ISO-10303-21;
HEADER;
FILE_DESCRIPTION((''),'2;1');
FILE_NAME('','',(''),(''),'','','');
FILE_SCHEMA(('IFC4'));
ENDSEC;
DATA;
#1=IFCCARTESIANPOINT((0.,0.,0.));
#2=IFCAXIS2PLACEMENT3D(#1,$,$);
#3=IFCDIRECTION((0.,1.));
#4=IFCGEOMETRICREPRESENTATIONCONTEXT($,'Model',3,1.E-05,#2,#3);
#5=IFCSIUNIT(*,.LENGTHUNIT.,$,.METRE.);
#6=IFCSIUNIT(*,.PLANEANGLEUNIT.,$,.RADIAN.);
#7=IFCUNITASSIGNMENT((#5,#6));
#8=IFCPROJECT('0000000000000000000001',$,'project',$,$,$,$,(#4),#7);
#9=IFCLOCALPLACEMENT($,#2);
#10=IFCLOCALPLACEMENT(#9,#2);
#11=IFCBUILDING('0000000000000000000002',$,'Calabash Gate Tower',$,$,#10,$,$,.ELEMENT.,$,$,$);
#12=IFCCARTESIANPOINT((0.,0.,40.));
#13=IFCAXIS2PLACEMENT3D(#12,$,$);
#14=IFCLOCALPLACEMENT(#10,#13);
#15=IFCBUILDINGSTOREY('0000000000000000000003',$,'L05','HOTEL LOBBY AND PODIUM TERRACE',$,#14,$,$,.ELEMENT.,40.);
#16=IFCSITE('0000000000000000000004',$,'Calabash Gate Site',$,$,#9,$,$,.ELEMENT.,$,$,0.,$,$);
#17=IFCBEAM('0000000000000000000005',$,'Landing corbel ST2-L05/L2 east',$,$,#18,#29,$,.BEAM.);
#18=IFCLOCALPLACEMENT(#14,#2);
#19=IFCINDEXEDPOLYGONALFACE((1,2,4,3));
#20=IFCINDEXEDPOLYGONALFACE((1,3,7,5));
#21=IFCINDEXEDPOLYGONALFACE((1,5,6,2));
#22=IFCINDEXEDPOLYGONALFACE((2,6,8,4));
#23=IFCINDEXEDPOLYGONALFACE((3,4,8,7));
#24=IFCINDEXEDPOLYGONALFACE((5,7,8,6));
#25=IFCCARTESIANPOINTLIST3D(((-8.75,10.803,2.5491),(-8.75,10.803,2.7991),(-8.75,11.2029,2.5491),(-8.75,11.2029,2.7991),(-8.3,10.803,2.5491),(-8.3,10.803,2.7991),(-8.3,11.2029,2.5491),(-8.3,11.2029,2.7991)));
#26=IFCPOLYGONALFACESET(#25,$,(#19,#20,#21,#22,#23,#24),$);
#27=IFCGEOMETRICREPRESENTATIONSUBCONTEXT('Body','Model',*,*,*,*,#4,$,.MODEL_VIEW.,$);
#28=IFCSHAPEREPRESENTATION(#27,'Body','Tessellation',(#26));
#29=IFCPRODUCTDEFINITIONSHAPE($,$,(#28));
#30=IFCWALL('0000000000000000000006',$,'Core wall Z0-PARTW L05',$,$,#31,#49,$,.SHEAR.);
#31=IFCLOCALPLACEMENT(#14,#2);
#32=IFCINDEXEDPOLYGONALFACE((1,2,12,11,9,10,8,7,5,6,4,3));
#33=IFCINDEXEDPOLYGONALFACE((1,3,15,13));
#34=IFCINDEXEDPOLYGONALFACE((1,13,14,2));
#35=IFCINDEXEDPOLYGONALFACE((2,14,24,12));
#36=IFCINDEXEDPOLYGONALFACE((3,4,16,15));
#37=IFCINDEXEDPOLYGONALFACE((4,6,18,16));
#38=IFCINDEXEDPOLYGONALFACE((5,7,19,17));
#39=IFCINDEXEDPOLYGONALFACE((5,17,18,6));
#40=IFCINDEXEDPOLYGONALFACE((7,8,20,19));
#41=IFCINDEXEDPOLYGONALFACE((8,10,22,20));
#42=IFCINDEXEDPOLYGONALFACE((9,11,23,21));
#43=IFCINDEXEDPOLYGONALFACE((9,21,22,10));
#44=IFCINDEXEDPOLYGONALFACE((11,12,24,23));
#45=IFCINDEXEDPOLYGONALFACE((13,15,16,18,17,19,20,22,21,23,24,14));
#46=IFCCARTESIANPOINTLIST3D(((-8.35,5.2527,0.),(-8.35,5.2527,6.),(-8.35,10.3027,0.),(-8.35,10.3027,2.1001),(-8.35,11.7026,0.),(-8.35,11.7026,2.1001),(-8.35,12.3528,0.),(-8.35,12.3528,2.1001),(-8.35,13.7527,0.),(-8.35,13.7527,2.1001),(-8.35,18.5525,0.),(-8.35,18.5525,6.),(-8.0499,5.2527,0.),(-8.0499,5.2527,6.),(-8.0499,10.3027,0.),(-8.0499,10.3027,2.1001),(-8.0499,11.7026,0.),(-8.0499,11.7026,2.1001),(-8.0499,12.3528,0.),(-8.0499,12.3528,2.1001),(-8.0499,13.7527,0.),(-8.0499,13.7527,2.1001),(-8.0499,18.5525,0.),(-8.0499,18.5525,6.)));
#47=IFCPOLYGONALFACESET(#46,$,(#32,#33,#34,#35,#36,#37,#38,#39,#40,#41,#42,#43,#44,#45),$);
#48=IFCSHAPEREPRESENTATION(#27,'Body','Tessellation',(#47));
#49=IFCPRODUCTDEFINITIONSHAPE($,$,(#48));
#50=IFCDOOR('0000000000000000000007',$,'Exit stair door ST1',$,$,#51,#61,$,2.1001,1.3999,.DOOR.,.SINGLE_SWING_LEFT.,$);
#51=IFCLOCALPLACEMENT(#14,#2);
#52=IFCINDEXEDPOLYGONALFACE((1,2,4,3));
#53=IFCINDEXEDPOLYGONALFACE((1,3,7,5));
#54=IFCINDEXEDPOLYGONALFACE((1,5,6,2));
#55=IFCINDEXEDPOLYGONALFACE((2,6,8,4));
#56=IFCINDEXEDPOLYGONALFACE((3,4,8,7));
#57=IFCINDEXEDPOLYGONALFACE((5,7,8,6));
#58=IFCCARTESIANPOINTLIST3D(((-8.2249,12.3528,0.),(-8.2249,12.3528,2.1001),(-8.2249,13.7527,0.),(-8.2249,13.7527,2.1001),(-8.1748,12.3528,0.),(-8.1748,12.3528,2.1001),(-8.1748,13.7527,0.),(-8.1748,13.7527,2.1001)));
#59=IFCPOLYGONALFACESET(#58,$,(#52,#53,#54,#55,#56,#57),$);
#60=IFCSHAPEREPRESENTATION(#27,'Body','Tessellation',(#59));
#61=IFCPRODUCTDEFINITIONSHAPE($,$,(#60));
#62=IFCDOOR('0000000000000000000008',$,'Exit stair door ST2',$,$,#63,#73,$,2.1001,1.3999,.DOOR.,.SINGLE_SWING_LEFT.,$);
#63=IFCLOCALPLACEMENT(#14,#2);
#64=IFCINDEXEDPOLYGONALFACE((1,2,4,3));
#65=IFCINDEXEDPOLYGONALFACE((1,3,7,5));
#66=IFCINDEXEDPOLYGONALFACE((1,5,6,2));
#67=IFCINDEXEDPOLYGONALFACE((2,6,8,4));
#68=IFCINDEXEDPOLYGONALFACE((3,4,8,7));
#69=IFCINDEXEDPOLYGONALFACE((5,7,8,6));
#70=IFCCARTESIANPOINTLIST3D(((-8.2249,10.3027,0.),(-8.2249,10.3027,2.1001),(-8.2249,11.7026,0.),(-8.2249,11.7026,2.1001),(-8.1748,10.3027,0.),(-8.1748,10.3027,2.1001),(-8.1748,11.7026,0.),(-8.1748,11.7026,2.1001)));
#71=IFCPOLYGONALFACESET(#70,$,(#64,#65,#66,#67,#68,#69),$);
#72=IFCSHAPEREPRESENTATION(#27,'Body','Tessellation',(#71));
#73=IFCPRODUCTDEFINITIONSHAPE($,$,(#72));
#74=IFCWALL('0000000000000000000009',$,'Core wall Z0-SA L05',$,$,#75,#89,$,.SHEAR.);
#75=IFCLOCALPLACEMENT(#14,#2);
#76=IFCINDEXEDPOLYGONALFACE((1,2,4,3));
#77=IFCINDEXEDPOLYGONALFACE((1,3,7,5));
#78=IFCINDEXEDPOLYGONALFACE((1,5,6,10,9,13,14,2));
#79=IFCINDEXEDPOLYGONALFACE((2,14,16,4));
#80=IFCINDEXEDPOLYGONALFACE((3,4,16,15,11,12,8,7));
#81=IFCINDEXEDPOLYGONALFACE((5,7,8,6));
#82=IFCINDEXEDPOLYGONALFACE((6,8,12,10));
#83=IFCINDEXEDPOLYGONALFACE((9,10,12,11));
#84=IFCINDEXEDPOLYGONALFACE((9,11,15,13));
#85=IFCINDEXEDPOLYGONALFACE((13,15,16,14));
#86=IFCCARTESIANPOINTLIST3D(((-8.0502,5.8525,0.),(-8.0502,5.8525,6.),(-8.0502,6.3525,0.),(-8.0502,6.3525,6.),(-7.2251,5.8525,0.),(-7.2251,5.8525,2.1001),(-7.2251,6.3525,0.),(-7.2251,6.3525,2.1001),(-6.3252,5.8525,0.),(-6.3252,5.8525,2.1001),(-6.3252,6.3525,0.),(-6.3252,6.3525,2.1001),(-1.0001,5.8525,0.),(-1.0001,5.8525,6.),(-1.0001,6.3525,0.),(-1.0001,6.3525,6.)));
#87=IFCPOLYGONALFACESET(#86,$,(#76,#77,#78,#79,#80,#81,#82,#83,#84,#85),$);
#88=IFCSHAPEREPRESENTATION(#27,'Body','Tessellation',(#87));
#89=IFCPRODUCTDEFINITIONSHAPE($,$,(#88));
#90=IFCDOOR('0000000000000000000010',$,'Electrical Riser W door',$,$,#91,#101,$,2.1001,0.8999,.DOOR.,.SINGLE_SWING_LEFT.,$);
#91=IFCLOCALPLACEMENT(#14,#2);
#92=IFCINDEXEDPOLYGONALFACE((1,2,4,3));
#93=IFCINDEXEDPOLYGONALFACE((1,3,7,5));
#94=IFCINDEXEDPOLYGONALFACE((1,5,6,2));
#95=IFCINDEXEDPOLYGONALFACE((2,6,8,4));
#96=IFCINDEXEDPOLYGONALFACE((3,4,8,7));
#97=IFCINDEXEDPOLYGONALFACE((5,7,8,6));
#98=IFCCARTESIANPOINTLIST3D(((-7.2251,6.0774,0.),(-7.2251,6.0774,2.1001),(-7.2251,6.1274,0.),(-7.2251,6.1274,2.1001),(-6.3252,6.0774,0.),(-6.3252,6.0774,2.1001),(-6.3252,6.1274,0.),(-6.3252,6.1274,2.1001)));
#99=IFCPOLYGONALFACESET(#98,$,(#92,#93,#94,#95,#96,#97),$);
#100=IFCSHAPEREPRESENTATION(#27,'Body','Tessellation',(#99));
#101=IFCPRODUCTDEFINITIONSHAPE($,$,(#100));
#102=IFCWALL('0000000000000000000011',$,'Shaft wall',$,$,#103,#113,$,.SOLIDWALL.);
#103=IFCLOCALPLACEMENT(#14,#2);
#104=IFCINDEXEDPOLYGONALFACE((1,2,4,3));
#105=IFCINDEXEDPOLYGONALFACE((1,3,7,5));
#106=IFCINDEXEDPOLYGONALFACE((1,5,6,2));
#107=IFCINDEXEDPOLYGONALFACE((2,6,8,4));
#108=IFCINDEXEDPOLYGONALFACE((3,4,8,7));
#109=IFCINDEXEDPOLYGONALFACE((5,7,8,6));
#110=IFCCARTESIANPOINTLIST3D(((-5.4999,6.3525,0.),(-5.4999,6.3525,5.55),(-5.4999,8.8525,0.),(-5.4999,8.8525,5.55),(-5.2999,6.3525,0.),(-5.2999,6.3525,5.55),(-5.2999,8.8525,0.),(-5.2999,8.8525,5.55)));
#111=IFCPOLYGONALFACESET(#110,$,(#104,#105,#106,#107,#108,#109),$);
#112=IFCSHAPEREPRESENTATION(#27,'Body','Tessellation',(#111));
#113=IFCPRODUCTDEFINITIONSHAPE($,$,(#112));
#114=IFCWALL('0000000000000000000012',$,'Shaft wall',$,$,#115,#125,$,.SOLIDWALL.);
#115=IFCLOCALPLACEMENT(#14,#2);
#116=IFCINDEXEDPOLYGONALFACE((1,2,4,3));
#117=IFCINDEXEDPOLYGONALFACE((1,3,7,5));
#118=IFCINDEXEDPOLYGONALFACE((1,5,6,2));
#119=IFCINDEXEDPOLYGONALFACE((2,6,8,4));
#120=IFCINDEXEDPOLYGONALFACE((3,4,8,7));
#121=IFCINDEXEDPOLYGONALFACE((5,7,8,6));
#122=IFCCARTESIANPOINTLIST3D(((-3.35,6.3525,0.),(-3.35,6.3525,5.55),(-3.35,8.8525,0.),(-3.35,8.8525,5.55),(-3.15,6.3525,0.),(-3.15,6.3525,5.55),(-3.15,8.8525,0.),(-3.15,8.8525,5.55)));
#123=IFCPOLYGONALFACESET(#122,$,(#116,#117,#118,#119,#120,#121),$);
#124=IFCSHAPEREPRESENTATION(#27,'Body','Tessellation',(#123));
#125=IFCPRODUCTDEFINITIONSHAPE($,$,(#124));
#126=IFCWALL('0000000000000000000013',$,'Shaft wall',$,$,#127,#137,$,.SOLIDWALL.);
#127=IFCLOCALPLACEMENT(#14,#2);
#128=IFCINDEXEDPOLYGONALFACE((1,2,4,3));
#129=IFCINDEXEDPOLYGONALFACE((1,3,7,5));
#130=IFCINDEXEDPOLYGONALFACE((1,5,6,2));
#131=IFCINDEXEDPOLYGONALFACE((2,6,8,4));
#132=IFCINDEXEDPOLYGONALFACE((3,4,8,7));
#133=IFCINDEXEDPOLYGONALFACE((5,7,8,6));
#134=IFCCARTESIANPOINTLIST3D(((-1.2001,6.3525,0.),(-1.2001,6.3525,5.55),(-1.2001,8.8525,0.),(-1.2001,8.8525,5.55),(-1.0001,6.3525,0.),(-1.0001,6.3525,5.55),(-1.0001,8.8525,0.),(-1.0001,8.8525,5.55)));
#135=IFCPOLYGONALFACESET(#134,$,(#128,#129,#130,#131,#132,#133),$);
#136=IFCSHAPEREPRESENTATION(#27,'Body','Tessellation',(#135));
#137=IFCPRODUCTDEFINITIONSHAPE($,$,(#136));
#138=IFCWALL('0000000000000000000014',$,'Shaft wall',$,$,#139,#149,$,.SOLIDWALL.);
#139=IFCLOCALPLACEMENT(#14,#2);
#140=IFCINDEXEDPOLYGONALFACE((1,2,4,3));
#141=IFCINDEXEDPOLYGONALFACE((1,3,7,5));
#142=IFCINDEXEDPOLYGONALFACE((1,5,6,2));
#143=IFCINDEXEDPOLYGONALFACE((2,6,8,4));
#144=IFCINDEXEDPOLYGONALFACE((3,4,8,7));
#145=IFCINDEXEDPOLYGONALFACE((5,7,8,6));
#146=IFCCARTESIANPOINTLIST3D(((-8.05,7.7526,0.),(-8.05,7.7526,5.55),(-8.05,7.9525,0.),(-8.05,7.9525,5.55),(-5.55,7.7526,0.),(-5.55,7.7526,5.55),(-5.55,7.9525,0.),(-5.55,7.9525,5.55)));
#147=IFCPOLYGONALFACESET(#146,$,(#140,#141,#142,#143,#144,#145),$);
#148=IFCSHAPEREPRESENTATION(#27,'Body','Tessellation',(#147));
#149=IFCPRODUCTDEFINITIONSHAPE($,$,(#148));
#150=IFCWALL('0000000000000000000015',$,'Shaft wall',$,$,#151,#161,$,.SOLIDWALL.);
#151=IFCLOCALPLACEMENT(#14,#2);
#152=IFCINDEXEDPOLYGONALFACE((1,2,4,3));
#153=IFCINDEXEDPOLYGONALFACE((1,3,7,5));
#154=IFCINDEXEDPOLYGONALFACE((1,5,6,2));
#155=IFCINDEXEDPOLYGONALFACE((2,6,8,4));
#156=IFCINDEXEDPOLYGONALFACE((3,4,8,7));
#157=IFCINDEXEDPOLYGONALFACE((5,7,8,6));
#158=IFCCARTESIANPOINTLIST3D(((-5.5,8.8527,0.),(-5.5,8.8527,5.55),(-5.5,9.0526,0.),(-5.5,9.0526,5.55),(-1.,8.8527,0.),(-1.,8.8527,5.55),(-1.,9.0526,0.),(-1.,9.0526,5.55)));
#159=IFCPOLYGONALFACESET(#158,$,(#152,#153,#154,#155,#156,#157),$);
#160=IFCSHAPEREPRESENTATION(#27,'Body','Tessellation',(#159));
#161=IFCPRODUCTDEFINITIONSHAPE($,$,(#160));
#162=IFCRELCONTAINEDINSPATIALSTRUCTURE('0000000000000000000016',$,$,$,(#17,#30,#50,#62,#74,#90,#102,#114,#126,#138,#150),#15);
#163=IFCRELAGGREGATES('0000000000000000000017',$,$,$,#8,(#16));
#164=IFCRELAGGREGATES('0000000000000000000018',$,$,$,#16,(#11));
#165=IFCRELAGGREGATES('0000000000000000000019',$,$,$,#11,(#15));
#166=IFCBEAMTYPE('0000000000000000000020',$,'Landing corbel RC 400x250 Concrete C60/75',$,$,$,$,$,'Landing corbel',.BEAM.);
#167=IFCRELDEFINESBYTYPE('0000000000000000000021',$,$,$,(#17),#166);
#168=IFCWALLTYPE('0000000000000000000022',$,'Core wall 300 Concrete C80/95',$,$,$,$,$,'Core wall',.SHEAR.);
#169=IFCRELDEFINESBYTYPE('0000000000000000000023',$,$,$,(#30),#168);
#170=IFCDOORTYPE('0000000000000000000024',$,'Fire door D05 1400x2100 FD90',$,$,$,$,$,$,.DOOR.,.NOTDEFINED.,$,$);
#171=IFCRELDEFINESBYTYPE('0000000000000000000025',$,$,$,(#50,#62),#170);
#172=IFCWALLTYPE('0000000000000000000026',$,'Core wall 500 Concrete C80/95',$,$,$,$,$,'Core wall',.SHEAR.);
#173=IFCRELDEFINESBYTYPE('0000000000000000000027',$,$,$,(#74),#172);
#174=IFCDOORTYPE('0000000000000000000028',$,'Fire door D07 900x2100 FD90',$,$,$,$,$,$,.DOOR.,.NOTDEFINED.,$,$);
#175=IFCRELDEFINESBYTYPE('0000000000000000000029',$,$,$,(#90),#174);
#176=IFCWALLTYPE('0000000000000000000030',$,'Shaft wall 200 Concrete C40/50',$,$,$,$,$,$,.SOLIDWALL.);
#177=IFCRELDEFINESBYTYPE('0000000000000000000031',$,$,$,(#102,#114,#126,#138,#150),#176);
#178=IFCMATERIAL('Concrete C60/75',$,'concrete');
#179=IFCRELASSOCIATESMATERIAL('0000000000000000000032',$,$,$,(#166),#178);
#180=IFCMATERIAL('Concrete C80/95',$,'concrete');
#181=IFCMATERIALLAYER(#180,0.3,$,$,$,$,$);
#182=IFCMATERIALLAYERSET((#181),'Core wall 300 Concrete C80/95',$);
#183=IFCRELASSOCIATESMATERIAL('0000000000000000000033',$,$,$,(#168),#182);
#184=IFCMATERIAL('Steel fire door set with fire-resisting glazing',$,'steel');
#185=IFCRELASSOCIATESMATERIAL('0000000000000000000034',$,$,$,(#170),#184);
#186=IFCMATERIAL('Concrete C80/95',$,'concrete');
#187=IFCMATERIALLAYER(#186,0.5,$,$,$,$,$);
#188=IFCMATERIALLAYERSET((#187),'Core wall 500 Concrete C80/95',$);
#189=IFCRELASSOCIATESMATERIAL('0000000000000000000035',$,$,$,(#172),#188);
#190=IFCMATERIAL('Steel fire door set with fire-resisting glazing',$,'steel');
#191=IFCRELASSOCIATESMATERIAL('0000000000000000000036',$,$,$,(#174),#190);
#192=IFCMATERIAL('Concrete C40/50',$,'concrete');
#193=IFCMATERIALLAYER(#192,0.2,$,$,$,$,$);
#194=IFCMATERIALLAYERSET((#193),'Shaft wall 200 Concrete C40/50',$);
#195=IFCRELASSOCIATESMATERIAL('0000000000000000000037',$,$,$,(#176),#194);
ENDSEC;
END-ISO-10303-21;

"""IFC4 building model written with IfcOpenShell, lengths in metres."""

from ifc_helpers import new_model, si_unit, direction, frame, frame_2d, origin, origin_2d, place, context, subcontext, project, spatial, rectangle, extrude, material, layer, layer_set, material_profile, profile_set, type_object, element, fill, save


model = new_model("IFC4")

# Units and contexts
model_context = context("Model", 3, precision=1e-05, world=origin(), true_north=direction((0.0, 1.0)))
body_context = subcontext(model_context, "Body", "Model", "MODEL_VIEW")
ifc_project = project(units=[si_unit("LENGTHUNIT", "METRE"), si_unit("PLANEANGLEUNIT", "RADIAN")], contexts=[model_context])

# Site, building, storey
site_placement = place(None, origin())
site = spatial("IfcSite", under=ifc_project, at=site_placement, Name="Calabash Gate Site", CompositionType="ELEMENT", RefElevation=0.0)
building_placement = place(site_placement, origin())
building = spatial("IfcBuilding", under=site, at=building_placement, Name="Calabash Gate Tower", CompositionType="ELEMENT")
storey_placement = place(building_placement, frame((0.0, 0.0, 40.0)))
storey = spatial("IfcBuildingStorey", under=building, at=storey_placement, Name="L05", Description="HOTEL LOBBY AND PODIUM TERRACE", CompositionType="ELEMENT", Elevation=40.0)

# Beam
ifc_material_1 = material(Name="Concrete C60/75", Category="concrete")
ifc_material_profile = material_profile(ifc_material_1, rectangle(XDim=0.3999, YDim=0.25, at=origin_2d()))
ifc_profile_set = profile_set([ifc_material_profile], Name="Concrete C60/75")
beam_type = type_object("IfcBeamType", Name="Landing corbel RC 400x250 Concrete C60/75", ElementType="Landing corbel", PredefinedType="BEAM", material=ifc_profile_set)
beam_placement = place(storey_placement, frame((-8.3, 11.0029, 2.6741), z_axis=(-1.0, 0.0, 0.0), x_axis=(0.0, -1.0, 0.0)))
element("IfcBeam", 1, at=beam_placement, inside=storey, type_object=beam_type, Name="Landing corbel ST2-L05/L2 east", PredefinedType="BEAM", context=body_context, shape_type="SweptSolid", body=[
    extrude(rectangle(XDim=0.3999, YDim=0.25, at=origin_2d()), origin(), (0.0, 0.0, 1.0), 0.45),
])

# Wall, openings, doors
ifc_material_2 = material(Name="Concrete C80/95", Category="concrete")
ifc_layer_1 = layer(ifc_material_2, 0.3)
ifc_layer_set_1 = layer_set([ifc_layer_1], Name="Core wall 300 Concrete C80/95")
wall_type_1 = type_object("IfcWallType", Name="Core wall 300 Concrete C80/95", ElementType="Core wall", PredefinedType="SHEAR", material=ifc_layer_set_1)
wall_1_placement = place(storey_placement, frame((-8.2, 5.2527, 0.0), z_axis=(0.0, 0.0, 1.0), x_axis=(0.0, 1.0, 0.0)))
wall_1 = element("IfcWall", 2, at=wall_1_placement, inside=storey, type_object=wall_type_1, Name="Core wall Z0-PARTW L05", PredefinedType="SHEAR", context=body_context, shape_type="SweptSolid", body=[
    extrude(rectangle(XDim=13.2998, YDim=0.3, at=frame_2d((6.6499, 0.0))), origin(), (0.0, 0.0, 1.0), 6.0),
])
opening_1_placement = place(wall_1_placement, frame((7.1001, 0.0, 0.0)))
opening_1 = element("IfcOpeningElement", 3, at=opening_1_placement, cuts=wall_1, PredefinedType="OPENING", context=body_context, shape_type="SweptSolid", body=[
    extrude(rectangle(XDim=1.3999, YDim=2.1001, at=frame_2d((0.7, 1.05))), frame((0.0, 0.1599, 0.0), z_axis=(0.0, -1.0, 0.0), x_axis=(1.0, 0.0, 0.0)), (0.0, 0.0, 1.0), 0.3201),
])
opening_2_placement = place(wall_1_placement, frame((5.05, 0.0, 0.0)))
opening_2 = element("IfcOpeningElement", 4, at=opening_2_placement, cuts=wall_1, PredefinedType="OPENING", context=body_context, shape_type="SweptSolid", body=[
    extrude(rectangle(XDim=1.3999, YDim=2.1001, at=frame_2d((0.7, 1.05))), frame((0.0, 0.1599, 0.0), z_axis=(0.0, -1.0, 0.0), x_axis=(1.0, 0.0, 0.0)), (0.0, 0.0, 1.0), 0.3201),
])
ifc_material_3 = material(Name="Steel fire door set with fire-resisting glazing", Category="steel")
door_type_1 = type_object("IfcDoorType", Name="Fire door D05 1400x2100 FD90", OperationType="NOTDEFINED", PredefinedType="DOOR", material=ifc_material_3)
door_1_placement = place(opening_1_placement, origin())
door_1 = element("IfcDoor", 5, at=door_1_placement, inside=storey, type_object=door_type_1, Name="Exit stair door ST1", OperationType="SINGLE_SWING_LEFT", OverallHeight=2.1001, OverallWidth=1.3999, PredefinedType="DOOR", context=body_context, shape_type="SweptSolid", body=[
    extrude(rectangle(XDim=1.3999, YDim=2.1001, at=frame_2d((0.7, 1.05))), frame((0.0, 0.0249, 0.0), z_axis=(0.0, -1.0, 0.0), x_axis=(1.0, 0.0, 0.0)), (0.0, 0.0, 1.0), 0.05),
])
fill(opening_1, door_1)
door_2_placement = place(opening_2_placement, origin())
door_2 = element("IfcDoor", 6, at=door_2_placement, inside=storey, type_object=door_type_1, Name="Exit stair door ST2", OperationType="SINGLE_SWING_LEFT", OverallHeight=2.1001, OverallWidth=1.3999, PredefinedType="DOOR", context=body_context, shape_type="SweptSolid", body=[
    extrude(rectangle(XDim=1.3999, YDim=2.1001, at=frame_2d((0.7, 1.05))), frame((0.0, 0.0249, 0.0), z_axis=(0.0, -1.0, 0.0), x_axis=(1.0, 0.0, 0.0)), (0.0, 0.0, 1.0), 0.05),
])
fill(opening_2, door_2)

# Wall, opening, door
ifc_material_4 = material(Name="Concrete C80/95", Category="concrete")
ifc_layer_2 = layer(ifc_material_4, 0.5)
ifc_layer_set_2 = layer_set([ifc_layer_2], Name="Core wall 500 Concrete C80/95")
wall_type_2 = type_object("IfcWallType", Name="Core wall 500 Concrete C80/95", ElementType="Core wall", PredefinedType="SHEAR", material=ifc_layer_set_2)
wall_2_placement = place(storey_placement, frame((-8.05, 6.1025, 0.0), z_axis=(0.0, 0.0, 1.0), x_axis=(1.0, 0.0, 0.0)))
wall_2 = element("IfcWall", 7, at=wall_2_placement, inside=storey, type_object=wall_type_2, Name="Core wall Z0-SA L05", PredefinedType="SHEAR", context=body_context, shape_type="SweptSolid", body=[
    extrude(rectangle(XDim=7.05, YDim=0.5, at=frame_2d((3.5249, 0.0))), origin(), (0.0, 0.0, 1.0), 6.0),
])
opening_3_placement = place(wall_2_placement, frame((0.825, 0.0, 0.0)))
opening_3 = element("IfcOpeningElement", 8, at=opening_3_placement, cuts=wall_2, PredefinedType="OPENING", context=body_context, shape_type="SweptSolid", body=[
    extrude(rectangle(XDim=0.8999, YDim=2.1001, at=frame_2d((0.45, 1.05))), frame((0.0, 0.26, 0.0), z_axis=(0.0, -1.0, 0.0), x_axis=(1.0, 0.0, 0.0)), (0.0, 0.0, 1.0), 0.52),
])
ifc_material_5 = material(Name="Steel fire door set with fire-resisting glazing", Category="steel")
door_type_2 = type_object("IfcDoorType", Name="Fire door D07 900x2100 FD90", OperationType="NOTDEFINED", PredefinedType="DOOR", material=ifc_material_5)
door_3_placement = place(opening_3_placement, origin())
door_3 = element("IfcDoor", 9, at=door_3_placement, inside=storey, type_object=door_type_2, Name="Electrical Riser W door", OperationType="SINGLE_SWING_LEFT", OverallHeight=2.1001, OverallWidth=0.8999, PredefinedType="DOOR", context=body_context, shape_type="SweptSolid", body=[
    extrude(rectangle(XDim=0.8999, YDim=2.1001, at=frame_2d((0.45, 1.05))), frame((0.0, 0.0249, 0.0), z_axis=(0.0, -1.0, 0.0), x_axis=(1.0, 0.0, 0.0)), (0.0, 0.0, 1.0), 0.05),
])
fill(opening_3, door_3)

# Walls
ifc_material_6 = material(Name="Concrete C40/50", Category="concrete")
ifc_layer_3 = layer(ifc_material_6, 0.2)
ifc_layer_set_3 = layer_set([ifc_layer_3], Name="Shaft wall 200 Concrete C40/50")
wall_type_3 = type_object("IfcWallType", Name="Shaft wall 200 Concrete C40/50", PredefinedType="SOLIDWALL", material=ifc_layer_set_3)
for number, where, z_axis, x_axis, name in (
    (10, (-5.3999, 6.3525, 0.0), (0.0, 0.0, 1.0), (0.0, 1.0, 0.0), "Shaft wall"),
    (11, (-3.25, 6.3525, 0.0), (0.0, 0.0, 1.0), (0.0, 1.0, 0.0), "Shaft wall"),
    (12, (-1.1001, 6.3525, 0.0), (0.0, 0.0, 1.0), (0.0, 1.0, 0.0), "Shaft wall"),
    (13, (-8.05, 7.8525, 0.0), (0.0, 0.0, 1.0), (1.0, 0.0, 0.0), "Shaft wall"),
):
    element("IfcWall", number, at=place(storey_placement, frame(where, z_axis=z_axis, x_axis=x_axis)), inside=storey, type_object=wall_type_3, Name=name, PredefinedType="SOLIDWALL", context=body_context, shape_type="SweptSolid", body=[
        extrude(rectangle(XDim=2.5, YDim=0.2, at=frame_2d((1.25, 0.0))), origin(), (0.0, 0.0, 1.0), 5.55),
    ])
wall_3_placement = place(storey_placement, frame((-5.5, 8.9526, 0.0), z_axis=(0.0, 0.0, 1.0), x_axis=(1.0, 0.0, 0.0)))
element("IfcWall", 14, at=wall_3_placement, inside=storey, type_object=wall_type_3, Name="Shaft wall", PredefinedType="SOLIDWALL", context=body_context, shape_type="SweptSolid", body=[
    extrude(rectangle(XDim=4.5, YDim=0.2, at=frame_2d((2.25, 0.0))), origin(), (0.0, 0.0, 1.0), 5.55),
])

save(model, "model.ifc")
